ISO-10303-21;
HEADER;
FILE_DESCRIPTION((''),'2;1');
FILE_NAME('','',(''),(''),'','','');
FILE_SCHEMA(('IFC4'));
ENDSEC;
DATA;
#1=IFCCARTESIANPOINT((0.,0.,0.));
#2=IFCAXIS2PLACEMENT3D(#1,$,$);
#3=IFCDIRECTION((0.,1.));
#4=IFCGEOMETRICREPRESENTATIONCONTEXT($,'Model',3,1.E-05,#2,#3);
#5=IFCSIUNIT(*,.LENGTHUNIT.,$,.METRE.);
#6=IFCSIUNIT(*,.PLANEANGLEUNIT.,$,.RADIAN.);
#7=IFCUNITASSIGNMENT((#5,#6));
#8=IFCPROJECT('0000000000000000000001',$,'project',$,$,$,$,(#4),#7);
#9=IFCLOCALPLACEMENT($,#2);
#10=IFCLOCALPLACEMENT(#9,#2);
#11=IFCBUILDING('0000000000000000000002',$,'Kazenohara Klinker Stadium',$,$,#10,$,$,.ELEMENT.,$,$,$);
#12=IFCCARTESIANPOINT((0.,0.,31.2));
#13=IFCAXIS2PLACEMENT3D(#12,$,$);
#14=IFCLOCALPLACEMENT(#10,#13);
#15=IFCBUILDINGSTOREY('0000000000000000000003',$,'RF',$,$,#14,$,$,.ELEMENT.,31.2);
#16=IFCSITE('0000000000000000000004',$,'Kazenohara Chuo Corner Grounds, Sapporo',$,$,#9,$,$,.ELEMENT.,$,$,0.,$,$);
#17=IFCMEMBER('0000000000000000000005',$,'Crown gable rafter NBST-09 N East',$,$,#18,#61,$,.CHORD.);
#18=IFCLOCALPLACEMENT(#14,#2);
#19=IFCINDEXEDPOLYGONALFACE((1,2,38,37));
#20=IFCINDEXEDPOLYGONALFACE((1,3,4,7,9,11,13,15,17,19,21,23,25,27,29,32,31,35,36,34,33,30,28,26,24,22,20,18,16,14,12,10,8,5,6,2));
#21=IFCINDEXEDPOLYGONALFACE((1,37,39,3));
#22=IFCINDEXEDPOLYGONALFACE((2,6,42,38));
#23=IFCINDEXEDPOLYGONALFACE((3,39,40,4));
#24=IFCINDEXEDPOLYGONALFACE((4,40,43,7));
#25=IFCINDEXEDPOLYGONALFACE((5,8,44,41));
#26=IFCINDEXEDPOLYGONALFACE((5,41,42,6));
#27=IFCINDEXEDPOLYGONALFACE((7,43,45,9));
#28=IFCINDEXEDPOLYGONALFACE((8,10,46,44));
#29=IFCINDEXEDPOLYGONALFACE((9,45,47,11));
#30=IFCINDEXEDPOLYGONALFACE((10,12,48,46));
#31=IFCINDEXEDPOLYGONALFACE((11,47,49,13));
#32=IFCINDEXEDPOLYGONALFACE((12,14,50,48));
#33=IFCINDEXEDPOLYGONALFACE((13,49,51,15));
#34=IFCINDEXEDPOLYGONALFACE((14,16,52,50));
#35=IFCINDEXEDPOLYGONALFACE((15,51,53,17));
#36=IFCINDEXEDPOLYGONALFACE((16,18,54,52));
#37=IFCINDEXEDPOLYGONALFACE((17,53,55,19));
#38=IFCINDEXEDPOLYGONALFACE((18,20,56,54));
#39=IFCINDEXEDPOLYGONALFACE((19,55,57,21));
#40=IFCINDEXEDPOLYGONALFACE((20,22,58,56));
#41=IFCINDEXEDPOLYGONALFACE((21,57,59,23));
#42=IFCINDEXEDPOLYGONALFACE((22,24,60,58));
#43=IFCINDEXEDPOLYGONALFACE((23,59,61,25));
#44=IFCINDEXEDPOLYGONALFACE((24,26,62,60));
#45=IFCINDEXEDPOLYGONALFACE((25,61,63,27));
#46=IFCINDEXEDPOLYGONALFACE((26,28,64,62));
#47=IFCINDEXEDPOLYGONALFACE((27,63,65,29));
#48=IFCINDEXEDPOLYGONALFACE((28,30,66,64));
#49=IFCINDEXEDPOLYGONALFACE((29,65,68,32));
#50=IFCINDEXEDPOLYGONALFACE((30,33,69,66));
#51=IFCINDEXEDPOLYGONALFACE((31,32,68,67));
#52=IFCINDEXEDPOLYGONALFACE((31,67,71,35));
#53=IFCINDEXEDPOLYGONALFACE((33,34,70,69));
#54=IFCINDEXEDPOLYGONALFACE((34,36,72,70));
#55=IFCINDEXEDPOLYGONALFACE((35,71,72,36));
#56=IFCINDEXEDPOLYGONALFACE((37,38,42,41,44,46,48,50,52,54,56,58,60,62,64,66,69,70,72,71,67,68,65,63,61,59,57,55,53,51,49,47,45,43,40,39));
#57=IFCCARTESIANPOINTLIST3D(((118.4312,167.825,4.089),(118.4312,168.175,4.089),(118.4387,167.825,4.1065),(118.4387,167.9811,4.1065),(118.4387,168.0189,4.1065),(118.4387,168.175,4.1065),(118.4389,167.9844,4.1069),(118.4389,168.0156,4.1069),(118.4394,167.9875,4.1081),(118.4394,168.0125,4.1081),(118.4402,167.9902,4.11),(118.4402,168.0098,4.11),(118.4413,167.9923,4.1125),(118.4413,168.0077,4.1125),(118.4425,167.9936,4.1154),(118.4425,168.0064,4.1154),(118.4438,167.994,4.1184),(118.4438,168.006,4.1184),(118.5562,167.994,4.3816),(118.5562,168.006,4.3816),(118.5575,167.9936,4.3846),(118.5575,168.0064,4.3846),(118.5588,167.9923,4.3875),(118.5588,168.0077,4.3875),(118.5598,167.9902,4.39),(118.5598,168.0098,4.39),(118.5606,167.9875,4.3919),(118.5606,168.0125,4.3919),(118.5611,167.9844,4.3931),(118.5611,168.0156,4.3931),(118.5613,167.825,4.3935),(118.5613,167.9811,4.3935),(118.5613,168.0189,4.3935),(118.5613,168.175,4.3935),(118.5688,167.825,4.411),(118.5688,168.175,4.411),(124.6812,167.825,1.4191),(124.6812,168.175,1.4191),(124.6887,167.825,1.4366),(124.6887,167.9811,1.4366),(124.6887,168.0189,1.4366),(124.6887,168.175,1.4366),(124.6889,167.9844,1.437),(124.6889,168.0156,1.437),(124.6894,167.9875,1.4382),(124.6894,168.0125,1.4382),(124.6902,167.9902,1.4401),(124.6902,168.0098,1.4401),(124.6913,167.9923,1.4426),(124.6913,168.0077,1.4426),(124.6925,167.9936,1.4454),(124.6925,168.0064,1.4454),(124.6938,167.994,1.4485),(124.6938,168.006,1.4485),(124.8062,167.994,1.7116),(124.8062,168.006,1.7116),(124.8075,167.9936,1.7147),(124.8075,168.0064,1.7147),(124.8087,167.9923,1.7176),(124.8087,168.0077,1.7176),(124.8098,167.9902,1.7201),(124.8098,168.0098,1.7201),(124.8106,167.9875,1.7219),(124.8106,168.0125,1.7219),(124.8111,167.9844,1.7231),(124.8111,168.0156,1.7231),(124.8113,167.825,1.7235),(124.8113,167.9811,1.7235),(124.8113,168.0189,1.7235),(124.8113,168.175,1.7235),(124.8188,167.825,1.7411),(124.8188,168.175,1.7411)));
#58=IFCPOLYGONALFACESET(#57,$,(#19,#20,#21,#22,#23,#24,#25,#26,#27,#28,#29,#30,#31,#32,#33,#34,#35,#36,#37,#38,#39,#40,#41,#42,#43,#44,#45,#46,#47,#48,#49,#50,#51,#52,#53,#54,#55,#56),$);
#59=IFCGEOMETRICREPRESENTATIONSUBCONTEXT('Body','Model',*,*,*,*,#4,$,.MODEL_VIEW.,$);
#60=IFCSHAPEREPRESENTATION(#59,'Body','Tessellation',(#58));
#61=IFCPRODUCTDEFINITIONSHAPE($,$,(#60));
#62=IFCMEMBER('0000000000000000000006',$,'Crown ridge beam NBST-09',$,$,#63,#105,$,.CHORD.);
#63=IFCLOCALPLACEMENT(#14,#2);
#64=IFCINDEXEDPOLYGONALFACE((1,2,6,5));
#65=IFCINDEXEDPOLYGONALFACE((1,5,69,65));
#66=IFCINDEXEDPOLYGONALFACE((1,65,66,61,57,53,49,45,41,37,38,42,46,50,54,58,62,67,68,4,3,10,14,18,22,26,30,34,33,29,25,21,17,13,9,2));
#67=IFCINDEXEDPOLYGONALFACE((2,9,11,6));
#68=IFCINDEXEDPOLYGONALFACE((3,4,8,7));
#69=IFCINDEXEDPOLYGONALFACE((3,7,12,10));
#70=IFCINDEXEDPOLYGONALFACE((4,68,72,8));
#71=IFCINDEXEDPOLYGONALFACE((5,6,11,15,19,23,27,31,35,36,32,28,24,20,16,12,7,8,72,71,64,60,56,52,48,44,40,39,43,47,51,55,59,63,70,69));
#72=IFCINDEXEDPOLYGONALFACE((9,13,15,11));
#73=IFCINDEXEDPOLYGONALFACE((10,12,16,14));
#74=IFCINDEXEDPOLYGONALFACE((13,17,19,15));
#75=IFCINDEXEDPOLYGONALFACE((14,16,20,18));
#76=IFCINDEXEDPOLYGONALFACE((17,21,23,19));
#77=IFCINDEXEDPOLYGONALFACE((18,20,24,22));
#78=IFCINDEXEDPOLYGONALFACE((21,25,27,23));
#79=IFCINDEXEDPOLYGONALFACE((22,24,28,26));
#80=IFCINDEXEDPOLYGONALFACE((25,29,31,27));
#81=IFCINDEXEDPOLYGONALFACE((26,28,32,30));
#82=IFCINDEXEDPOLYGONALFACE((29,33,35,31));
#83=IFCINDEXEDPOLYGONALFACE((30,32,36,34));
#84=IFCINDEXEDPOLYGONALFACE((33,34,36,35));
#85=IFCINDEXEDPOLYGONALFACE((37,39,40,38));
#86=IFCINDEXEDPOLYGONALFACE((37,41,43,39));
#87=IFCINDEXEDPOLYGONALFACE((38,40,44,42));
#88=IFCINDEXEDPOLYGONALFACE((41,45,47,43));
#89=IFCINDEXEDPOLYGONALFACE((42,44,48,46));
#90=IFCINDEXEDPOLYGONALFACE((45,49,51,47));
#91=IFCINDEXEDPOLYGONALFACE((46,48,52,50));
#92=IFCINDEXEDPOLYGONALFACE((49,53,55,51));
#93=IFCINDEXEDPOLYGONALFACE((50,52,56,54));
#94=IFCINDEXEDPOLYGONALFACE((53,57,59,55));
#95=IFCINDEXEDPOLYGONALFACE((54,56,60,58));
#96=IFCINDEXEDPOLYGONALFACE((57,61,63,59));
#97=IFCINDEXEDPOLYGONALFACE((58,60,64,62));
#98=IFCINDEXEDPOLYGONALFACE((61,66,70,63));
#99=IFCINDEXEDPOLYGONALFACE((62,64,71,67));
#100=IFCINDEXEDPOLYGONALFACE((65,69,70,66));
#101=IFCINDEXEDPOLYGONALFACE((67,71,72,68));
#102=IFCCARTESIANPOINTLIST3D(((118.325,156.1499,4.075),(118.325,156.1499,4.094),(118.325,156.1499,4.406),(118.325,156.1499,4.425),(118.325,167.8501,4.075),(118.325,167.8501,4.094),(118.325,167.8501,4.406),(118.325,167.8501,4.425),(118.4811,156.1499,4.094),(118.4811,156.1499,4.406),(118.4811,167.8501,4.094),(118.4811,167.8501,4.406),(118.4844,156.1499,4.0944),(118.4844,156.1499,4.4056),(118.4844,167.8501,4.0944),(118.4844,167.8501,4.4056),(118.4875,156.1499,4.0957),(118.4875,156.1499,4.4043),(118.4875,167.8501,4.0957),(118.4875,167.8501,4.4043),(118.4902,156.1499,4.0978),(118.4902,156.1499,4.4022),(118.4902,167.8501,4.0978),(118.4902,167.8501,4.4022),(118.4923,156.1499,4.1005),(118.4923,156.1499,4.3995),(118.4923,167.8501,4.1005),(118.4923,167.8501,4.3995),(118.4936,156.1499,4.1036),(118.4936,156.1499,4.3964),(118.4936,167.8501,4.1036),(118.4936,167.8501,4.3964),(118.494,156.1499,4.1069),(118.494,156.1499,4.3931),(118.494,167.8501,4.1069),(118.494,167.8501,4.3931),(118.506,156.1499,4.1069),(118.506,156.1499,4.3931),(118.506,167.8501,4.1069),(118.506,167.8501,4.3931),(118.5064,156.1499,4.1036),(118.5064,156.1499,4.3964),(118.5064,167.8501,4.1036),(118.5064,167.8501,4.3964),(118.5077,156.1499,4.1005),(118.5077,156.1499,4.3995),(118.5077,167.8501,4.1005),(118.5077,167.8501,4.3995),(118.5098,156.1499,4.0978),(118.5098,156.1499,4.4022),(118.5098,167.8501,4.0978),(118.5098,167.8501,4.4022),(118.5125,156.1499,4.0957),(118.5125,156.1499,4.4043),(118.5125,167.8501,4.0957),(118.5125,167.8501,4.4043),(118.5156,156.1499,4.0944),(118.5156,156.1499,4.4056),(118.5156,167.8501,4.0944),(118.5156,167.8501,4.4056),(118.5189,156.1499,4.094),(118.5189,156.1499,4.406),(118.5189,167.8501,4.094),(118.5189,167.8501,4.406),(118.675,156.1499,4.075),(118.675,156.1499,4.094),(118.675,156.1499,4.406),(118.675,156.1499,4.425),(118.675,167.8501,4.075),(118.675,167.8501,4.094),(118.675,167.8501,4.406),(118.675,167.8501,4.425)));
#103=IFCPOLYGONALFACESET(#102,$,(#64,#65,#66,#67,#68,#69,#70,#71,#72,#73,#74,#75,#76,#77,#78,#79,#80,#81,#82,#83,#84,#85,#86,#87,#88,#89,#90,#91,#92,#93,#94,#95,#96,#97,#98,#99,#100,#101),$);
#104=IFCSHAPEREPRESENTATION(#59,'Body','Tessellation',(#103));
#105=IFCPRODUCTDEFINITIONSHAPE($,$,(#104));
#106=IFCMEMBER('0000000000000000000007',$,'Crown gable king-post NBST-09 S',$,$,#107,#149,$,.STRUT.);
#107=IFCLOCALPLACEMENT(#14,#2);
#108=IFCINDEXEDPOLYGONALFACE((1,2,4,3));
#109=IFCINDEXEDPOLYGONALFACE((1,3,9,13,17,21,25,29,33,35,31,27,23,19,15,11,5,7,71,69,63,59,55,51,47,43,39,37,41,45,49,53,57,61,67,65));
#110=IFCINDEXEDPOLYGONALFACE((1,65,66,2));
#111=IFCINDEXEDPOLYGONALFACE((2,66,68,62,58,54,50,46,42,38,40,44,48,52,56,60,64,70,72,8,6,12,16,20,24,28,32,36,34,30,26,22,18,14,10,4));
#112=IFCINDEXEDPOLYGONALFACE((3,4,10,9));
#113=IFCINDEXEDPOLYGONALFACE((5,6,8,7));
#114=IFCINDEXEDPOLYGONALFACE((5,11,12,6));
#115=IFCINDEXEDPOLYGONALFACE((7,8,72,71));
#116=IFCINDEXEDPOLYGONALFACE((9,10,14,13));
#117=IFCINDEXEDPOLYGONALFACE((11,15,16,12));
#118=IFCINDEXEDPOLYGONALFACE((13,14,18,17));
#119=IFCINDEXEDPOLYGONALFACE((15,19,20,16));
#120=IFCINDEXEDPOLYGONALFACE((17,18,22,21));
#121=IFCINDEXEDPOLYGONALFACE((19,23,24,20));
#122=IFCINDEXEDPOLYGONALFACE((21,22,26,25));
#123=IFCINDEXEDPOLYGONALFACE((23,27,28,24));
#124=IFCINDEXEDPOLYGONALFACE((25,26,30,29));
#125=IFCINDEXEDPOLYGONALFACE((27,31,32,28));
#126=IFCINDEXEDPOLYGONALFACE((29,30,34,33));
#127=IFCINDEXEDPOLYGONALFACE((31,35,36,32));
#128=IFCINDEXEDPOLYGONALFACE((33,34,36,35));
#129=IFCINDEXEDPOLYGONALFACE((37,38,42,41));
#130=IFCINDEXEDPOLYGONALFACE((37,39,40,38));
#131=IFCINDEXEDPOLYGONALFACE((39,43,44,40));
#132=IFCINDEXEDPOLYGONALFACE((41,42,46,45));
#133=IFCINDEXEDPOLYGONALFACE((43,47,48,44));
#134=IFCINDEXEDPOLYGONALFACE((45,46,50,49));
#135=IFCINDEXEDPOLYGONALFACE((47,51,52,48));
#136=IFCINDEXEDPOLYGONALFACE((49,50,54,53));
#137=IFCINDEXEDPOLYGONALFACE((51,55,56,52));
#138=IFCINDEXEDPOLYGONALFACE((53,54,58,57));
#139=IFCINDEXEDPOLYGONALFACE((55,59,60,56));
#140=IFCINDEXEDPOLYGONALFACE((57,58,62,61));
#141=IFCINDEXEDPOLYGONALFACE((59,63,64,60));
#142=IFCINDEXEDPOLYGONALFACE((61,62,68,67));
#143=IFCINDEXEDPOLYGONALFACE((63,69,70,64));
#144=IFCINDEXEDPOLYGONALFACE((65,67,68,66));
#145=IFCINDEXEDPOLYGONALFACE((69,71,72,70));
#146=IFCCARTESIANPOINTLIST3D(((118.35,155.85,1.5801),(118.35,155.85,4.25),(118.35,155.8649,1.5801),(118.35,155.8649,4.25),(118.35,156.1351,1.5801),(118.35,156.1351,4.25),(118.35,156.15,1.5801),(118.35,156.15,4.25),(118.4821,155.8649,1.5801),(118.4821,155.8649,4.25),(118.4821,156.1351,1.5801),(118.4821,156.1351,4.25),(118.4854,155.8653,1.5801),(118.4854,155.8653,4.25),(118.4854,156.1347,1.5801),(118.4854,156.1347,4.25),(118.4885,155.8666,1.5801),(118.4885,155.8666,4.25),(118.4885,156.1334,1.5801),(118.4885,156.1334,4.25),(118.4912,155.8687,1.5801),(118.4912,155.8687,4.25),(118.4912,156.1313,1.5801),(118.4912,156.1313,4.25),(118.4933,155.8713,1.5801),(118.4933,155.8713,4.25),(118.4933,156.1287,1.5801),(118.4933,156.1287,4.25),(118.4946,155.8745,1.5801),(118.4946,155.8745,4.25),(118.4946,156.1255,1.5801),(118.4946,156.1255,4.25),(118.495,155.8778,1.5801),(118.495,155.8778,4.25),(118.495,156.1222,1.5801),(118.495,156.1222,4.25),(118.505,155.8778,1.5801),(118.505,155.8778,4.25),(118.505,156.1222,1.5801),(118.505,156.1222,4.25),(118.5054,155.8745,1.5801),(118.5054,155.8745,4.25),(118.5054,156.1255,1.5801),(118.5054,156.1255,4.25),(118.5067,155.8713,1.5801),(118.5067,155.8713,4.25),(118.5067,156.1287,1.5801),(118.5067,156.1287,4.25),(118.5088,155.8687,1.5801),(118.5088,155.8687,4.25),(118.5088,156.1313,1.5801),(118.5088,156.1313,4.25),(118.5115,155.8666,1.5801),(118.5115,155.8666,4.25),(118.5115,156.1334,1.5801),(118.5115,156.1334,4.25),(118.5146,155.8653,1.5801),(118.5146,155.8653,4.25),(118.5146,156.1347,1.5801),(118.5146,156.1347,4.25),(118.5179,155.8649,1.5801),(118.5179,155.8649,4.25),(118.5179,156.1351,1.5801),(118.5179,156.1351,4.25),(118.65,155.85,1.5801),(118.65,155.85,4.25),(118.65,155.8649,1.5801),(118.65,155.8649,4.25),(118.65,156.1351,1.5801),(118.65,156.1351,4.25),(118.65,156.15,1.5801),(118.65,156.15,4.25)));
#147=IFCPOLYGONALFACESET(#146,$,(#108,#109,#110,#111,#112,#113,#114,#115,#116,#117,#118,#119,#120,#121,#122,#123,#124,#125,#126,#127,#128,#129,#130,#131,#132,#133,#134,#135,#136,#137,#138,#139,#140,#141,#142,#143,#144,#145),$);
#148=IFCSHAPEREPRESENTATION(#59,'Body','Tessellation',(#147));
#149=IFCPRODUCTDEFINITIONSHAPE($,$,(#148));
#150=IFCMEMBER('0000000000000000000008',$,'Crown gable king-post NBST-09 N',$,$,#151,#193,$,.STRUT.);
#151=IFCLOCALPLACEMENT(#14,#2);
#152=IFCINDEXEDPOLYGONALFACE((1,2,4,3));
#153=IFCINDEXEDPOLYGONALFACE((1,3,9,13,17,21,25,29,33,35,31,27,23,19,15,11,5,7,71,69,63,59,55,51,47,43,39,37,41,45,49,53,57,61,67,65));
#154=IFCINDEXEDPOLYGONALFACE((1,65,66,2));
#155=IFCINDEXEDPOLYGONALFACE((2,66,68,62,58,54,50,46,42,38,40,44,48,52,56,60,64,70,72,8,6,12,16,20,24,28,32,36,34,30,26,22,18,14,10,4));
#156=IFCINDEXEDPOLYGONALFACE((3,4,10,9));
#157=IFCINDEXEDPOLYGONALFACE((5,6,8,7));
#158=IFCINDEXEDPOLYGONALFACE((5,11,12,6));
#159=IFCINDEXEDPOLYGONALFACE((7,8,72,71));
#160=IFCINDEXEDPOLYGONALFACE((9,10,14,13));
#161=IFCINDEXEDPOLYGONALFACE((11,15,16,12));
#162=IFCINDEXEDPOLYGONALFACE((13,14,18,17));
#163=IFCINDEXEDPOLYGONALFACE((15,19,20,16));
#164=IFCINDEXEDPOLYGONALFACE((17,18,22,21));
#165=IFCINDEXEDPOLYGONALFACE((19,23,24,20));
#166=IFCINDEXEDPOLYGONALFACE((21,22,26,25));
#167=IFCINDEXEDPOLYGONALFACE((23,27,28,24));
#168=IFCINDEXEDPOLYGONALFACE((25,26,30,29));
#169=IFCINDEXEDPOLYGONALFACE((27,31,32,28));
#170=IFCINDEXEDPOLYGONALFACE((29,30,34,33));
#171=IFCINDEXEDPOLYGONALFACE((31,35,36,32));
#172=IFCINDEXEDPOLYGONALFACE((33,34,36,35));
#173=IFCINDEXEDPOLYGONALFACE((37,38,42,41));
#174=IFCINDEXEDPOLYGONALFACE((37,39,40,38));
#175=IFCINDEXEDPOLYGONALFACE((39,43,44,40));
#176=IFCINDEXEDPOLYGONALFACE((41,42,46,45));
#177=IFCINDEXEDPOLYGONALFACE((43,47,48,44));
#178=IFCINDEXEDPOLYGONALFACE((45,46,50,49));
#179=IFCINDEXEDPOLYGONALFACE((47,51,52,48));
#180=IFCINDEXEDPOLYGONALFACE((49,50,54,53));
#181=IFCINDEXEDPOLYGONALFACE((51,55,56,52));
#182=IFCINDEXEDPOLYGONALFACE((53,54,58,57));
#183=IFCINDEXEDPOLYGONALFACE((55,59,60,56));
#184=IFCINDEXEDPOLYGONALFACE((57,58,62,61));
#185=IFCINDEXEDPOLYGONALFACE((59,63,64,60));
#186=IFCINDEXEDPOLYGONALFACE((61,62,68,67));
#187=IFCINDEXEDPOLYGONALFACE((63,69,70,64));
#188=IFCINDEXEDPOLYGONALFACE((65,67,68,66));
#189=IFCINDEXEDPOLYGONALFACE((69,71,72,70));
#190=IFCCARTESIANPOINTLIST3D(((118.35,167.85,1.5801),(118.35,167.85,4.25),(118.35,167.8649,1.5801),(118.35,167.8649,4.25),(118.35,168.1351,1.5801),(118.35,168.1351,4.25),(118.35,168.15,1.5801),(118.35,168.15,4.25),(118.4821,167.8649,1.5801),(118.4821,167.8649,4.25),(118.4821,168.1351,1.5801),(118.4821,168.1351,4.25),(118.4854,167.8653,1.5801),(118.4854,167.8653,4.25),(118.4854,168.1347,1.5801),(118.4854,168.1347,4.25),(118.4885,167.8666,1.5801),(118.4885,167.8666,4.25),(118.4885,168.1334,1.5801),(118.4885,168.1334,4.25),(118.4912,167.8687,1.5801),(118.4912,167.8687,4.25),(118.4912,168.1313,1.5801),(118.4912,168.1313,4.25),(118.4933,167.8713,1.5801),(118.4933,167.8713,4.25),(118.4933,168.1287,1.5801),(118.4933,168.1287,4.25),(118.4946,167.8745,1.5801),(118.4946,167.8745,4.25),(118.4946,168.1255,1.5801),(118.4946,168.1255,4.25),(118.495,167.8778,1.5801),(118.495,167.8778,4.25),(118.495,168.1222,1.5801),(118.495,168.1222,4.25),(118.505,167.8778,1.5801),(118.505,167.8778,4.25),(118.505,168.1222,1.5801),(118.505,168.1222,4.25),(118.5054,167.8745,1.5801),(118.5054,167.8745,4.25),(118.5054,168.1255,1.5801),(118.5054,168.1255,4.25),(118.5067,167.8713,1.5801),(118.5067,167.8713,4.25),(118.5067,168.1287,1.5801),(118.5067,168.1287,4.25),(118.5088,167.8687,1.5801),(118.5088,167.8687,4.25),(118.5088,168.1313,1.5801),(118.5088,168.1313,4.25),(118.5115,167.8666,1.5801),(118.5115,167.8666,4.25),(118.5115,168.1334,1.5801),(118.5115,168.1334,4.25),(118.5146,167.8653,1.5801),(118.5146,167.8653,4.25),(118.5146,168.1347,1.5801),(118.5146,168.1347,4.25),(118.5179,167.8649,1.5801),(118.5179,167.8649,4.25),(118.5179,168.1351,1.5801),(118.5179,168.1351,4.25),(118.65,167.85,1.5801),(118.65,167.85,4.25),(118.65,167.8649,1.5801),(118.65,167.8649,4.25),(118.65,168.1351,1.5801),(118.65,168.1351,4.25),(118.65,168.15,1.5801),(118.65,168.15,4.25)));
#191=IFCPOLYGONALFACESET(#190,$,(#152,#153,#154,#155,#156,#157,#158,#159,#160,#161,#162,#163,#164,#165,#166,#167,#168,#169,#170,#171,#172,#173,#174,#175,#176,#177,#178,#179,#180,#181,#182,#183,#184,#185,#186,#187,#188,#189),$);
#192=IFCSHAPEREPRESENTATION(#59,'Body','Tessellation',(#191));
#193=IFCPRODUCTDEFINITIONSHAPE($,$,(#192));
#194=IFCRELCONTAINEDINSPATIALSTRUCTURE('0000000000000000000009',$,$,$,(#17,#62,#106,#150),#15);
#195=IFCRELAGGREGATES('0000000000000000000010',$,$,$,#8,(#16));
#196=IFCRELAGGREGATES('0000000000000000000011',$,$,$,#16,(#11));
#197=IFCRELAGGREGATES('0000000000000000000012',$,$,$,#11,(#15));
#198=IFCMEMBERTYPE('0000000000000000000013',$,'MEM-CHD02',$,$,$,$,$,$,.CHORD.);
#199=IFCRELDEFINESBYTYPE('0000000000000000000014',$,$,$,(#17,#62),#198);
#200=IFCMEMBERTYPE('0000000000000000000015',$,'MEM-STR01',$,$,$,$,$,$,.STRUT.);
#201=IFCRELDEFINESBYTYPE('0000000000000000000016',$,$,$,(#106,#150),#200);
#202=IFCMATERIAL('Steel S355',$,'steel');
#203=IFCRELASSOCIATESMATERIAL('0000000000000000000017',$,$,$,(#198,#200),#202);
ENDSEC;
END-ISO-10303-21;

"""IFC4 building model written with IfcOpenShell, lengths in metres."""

from ifc_helpers import new_model, si_unit, direction, frame, origin, origin_2d, place, context, subcontext, project, spatial, i_section, extrude, material, material_profile, profile_set, type_object, element, save


model = new_model("IFC4")

# Units and contexts
model_context = context("Model", 3, precision=1e-05, world=origin(), true_north=direction((0.0, 1.0)))
body_context = subcontext(model_context, "Body", "Model", "MODEL_VIEW")
ifc_project = project(units=[si_unit("LENGTHUNIT", "METRE"), si_unit("PLANEANGLEUNIT", "RADIAN")], contexts=[model_context])

# Site, building, storey
site_placement = place(None, origin())
site = spatial("IfcSite", under=ifc_project, at=site_placement, Name="Kazenohara Chuo Corner Grounds, Sapporo", CompositionType="ELEMENT", RefElevation=0.0)
building_placement = place(site_placement, origin())
building = spatial("IfcBuilding", under=site, at=building_placement, Name="Kazenohara Klinker Stadium", CompositionType="ELEMENT")
storey_placement = place(building_placement, frame((0.0, 0.0, 31.2)))
storey = spatial("IfcBuildingStorey", under=building, at=storey_placement, Name="RF", CompositionType="ELEMENT", Elevation=31.2)

# Members
ifc_material_1 = material(Name="Steel S355", Category="steel")
ifc_material_profile_1 = material_profile(ifc_material_1, i_section(OverallWidth=0.3501, OverallDepth=0.3501, WebThickness=0.012, FlangeThickness=0.019, FilletRadius=0.0129, at=origin_2d()), Name="H-350x350x12x19")
ifc_profile_set_1 = profile_set([ifc_material_profile_1], Name="Steel S355")
member_type_1 = type_object("IfcMemberType", Name="MEM-CHD02", PredefinedType="CHORD", material=ifc_profile_set_1)
for number, where, z_axis, x_axis, name in (
    (1, (124.75, 168.0, 1.5801), (-0.919605, 0.0, 0.392844), (0.0, -1.0, 0.0), "Crown gable rafter NBST-09 N East"),
):
    element("IfcMember", number, at=place(storey_placement, frame(where, z_axis=z_axis, x_axis=x_axis)), inside=storey, type_object=member_type_1, Name=name, PredefinedType="CHORD", context=body_context, shape_type="SweptSolid", body=[
        extrude(i_section(OverallWidth=0.3501, OverallDepth=0.3501, WebThickness=0.012, FlangeThickness=0.019, FilletRadius=0.0129, at=origin_2d()), origin(), (0.0, 0.0, 1.0), 6.7964),
    ])
member_placement = place(storey_placement, frame((118.5, 156.1499, 4.25), z_axis=(0.0, 1.0, 0.0), x_axis=(-1.0, 0.0, 0.0)))
element("IfcMember", 2, at=member_placement, inside=storey, type_object=member_type_1, Name="Crown ridge beam NBST-09", PredefinedType="CHORD", context=body_context, shape_type="SweptSolid", body=[
    extrude(i_section(OverallWidth=0.3501, OverallDepth=0.3501, WebThickness=0.012, FlangeThickness=0.019, FilletRadius=0.0129, at=origin_2d()), origin(), (0.0, 0.0, 1.0), 11.7002),
])
ifc_material_profile_2 = material_profile(ifc_material_1, i_section(OverallWidth=0.3, OverallDepth=0.3, WebThickness=0.01, FlangeThickness=0.0149, FilletRadius=0.0129, at=origin_2d()), Name="H-300x300x10x15")
ifc_profile_set_2 = profile_set([ifc_material_profile_2], Name="Steel S355")
member_type_2 = type_object("IfcMemberType", Name="MEM-STR01", PredefinedType="STRUT", material=ifc_profile_set_2)
for number, where, z_axis, x_axis, name in (
    (3, (118.5, 156.0, 1.5801), (0.0, 0.0, 1.0), (1.0, 0.0, 0.0), "Crown gable king-post NBST-09 S"),
    (4, (118.5, 168.0, 1.5801), (0.0, 0.0, 1.0), (1.0, 0.0, 0.0), "Crown gable king-post NBST-09 N"),
):
    element("IfcMember", number, at=place(storey_placement, frame(where, z_axis=z_axis, x_axis=x_axis)), inside=storey, type_object=member_type_2, Name=name, PredefinedType="STRUT", context=body_context, shape_type="SweptSolid", body=[
        extrude(i_section(OverallWidth=0.3, OverallDepth=0.3, WebThickness=0.01, FlangeThickness=0.0149, FilletRadius=0.0129, at=origin_2d()), origin(), (0.0, 0.0, 1.0), 2.6699),
    ])

save(model, "model.ifc")
